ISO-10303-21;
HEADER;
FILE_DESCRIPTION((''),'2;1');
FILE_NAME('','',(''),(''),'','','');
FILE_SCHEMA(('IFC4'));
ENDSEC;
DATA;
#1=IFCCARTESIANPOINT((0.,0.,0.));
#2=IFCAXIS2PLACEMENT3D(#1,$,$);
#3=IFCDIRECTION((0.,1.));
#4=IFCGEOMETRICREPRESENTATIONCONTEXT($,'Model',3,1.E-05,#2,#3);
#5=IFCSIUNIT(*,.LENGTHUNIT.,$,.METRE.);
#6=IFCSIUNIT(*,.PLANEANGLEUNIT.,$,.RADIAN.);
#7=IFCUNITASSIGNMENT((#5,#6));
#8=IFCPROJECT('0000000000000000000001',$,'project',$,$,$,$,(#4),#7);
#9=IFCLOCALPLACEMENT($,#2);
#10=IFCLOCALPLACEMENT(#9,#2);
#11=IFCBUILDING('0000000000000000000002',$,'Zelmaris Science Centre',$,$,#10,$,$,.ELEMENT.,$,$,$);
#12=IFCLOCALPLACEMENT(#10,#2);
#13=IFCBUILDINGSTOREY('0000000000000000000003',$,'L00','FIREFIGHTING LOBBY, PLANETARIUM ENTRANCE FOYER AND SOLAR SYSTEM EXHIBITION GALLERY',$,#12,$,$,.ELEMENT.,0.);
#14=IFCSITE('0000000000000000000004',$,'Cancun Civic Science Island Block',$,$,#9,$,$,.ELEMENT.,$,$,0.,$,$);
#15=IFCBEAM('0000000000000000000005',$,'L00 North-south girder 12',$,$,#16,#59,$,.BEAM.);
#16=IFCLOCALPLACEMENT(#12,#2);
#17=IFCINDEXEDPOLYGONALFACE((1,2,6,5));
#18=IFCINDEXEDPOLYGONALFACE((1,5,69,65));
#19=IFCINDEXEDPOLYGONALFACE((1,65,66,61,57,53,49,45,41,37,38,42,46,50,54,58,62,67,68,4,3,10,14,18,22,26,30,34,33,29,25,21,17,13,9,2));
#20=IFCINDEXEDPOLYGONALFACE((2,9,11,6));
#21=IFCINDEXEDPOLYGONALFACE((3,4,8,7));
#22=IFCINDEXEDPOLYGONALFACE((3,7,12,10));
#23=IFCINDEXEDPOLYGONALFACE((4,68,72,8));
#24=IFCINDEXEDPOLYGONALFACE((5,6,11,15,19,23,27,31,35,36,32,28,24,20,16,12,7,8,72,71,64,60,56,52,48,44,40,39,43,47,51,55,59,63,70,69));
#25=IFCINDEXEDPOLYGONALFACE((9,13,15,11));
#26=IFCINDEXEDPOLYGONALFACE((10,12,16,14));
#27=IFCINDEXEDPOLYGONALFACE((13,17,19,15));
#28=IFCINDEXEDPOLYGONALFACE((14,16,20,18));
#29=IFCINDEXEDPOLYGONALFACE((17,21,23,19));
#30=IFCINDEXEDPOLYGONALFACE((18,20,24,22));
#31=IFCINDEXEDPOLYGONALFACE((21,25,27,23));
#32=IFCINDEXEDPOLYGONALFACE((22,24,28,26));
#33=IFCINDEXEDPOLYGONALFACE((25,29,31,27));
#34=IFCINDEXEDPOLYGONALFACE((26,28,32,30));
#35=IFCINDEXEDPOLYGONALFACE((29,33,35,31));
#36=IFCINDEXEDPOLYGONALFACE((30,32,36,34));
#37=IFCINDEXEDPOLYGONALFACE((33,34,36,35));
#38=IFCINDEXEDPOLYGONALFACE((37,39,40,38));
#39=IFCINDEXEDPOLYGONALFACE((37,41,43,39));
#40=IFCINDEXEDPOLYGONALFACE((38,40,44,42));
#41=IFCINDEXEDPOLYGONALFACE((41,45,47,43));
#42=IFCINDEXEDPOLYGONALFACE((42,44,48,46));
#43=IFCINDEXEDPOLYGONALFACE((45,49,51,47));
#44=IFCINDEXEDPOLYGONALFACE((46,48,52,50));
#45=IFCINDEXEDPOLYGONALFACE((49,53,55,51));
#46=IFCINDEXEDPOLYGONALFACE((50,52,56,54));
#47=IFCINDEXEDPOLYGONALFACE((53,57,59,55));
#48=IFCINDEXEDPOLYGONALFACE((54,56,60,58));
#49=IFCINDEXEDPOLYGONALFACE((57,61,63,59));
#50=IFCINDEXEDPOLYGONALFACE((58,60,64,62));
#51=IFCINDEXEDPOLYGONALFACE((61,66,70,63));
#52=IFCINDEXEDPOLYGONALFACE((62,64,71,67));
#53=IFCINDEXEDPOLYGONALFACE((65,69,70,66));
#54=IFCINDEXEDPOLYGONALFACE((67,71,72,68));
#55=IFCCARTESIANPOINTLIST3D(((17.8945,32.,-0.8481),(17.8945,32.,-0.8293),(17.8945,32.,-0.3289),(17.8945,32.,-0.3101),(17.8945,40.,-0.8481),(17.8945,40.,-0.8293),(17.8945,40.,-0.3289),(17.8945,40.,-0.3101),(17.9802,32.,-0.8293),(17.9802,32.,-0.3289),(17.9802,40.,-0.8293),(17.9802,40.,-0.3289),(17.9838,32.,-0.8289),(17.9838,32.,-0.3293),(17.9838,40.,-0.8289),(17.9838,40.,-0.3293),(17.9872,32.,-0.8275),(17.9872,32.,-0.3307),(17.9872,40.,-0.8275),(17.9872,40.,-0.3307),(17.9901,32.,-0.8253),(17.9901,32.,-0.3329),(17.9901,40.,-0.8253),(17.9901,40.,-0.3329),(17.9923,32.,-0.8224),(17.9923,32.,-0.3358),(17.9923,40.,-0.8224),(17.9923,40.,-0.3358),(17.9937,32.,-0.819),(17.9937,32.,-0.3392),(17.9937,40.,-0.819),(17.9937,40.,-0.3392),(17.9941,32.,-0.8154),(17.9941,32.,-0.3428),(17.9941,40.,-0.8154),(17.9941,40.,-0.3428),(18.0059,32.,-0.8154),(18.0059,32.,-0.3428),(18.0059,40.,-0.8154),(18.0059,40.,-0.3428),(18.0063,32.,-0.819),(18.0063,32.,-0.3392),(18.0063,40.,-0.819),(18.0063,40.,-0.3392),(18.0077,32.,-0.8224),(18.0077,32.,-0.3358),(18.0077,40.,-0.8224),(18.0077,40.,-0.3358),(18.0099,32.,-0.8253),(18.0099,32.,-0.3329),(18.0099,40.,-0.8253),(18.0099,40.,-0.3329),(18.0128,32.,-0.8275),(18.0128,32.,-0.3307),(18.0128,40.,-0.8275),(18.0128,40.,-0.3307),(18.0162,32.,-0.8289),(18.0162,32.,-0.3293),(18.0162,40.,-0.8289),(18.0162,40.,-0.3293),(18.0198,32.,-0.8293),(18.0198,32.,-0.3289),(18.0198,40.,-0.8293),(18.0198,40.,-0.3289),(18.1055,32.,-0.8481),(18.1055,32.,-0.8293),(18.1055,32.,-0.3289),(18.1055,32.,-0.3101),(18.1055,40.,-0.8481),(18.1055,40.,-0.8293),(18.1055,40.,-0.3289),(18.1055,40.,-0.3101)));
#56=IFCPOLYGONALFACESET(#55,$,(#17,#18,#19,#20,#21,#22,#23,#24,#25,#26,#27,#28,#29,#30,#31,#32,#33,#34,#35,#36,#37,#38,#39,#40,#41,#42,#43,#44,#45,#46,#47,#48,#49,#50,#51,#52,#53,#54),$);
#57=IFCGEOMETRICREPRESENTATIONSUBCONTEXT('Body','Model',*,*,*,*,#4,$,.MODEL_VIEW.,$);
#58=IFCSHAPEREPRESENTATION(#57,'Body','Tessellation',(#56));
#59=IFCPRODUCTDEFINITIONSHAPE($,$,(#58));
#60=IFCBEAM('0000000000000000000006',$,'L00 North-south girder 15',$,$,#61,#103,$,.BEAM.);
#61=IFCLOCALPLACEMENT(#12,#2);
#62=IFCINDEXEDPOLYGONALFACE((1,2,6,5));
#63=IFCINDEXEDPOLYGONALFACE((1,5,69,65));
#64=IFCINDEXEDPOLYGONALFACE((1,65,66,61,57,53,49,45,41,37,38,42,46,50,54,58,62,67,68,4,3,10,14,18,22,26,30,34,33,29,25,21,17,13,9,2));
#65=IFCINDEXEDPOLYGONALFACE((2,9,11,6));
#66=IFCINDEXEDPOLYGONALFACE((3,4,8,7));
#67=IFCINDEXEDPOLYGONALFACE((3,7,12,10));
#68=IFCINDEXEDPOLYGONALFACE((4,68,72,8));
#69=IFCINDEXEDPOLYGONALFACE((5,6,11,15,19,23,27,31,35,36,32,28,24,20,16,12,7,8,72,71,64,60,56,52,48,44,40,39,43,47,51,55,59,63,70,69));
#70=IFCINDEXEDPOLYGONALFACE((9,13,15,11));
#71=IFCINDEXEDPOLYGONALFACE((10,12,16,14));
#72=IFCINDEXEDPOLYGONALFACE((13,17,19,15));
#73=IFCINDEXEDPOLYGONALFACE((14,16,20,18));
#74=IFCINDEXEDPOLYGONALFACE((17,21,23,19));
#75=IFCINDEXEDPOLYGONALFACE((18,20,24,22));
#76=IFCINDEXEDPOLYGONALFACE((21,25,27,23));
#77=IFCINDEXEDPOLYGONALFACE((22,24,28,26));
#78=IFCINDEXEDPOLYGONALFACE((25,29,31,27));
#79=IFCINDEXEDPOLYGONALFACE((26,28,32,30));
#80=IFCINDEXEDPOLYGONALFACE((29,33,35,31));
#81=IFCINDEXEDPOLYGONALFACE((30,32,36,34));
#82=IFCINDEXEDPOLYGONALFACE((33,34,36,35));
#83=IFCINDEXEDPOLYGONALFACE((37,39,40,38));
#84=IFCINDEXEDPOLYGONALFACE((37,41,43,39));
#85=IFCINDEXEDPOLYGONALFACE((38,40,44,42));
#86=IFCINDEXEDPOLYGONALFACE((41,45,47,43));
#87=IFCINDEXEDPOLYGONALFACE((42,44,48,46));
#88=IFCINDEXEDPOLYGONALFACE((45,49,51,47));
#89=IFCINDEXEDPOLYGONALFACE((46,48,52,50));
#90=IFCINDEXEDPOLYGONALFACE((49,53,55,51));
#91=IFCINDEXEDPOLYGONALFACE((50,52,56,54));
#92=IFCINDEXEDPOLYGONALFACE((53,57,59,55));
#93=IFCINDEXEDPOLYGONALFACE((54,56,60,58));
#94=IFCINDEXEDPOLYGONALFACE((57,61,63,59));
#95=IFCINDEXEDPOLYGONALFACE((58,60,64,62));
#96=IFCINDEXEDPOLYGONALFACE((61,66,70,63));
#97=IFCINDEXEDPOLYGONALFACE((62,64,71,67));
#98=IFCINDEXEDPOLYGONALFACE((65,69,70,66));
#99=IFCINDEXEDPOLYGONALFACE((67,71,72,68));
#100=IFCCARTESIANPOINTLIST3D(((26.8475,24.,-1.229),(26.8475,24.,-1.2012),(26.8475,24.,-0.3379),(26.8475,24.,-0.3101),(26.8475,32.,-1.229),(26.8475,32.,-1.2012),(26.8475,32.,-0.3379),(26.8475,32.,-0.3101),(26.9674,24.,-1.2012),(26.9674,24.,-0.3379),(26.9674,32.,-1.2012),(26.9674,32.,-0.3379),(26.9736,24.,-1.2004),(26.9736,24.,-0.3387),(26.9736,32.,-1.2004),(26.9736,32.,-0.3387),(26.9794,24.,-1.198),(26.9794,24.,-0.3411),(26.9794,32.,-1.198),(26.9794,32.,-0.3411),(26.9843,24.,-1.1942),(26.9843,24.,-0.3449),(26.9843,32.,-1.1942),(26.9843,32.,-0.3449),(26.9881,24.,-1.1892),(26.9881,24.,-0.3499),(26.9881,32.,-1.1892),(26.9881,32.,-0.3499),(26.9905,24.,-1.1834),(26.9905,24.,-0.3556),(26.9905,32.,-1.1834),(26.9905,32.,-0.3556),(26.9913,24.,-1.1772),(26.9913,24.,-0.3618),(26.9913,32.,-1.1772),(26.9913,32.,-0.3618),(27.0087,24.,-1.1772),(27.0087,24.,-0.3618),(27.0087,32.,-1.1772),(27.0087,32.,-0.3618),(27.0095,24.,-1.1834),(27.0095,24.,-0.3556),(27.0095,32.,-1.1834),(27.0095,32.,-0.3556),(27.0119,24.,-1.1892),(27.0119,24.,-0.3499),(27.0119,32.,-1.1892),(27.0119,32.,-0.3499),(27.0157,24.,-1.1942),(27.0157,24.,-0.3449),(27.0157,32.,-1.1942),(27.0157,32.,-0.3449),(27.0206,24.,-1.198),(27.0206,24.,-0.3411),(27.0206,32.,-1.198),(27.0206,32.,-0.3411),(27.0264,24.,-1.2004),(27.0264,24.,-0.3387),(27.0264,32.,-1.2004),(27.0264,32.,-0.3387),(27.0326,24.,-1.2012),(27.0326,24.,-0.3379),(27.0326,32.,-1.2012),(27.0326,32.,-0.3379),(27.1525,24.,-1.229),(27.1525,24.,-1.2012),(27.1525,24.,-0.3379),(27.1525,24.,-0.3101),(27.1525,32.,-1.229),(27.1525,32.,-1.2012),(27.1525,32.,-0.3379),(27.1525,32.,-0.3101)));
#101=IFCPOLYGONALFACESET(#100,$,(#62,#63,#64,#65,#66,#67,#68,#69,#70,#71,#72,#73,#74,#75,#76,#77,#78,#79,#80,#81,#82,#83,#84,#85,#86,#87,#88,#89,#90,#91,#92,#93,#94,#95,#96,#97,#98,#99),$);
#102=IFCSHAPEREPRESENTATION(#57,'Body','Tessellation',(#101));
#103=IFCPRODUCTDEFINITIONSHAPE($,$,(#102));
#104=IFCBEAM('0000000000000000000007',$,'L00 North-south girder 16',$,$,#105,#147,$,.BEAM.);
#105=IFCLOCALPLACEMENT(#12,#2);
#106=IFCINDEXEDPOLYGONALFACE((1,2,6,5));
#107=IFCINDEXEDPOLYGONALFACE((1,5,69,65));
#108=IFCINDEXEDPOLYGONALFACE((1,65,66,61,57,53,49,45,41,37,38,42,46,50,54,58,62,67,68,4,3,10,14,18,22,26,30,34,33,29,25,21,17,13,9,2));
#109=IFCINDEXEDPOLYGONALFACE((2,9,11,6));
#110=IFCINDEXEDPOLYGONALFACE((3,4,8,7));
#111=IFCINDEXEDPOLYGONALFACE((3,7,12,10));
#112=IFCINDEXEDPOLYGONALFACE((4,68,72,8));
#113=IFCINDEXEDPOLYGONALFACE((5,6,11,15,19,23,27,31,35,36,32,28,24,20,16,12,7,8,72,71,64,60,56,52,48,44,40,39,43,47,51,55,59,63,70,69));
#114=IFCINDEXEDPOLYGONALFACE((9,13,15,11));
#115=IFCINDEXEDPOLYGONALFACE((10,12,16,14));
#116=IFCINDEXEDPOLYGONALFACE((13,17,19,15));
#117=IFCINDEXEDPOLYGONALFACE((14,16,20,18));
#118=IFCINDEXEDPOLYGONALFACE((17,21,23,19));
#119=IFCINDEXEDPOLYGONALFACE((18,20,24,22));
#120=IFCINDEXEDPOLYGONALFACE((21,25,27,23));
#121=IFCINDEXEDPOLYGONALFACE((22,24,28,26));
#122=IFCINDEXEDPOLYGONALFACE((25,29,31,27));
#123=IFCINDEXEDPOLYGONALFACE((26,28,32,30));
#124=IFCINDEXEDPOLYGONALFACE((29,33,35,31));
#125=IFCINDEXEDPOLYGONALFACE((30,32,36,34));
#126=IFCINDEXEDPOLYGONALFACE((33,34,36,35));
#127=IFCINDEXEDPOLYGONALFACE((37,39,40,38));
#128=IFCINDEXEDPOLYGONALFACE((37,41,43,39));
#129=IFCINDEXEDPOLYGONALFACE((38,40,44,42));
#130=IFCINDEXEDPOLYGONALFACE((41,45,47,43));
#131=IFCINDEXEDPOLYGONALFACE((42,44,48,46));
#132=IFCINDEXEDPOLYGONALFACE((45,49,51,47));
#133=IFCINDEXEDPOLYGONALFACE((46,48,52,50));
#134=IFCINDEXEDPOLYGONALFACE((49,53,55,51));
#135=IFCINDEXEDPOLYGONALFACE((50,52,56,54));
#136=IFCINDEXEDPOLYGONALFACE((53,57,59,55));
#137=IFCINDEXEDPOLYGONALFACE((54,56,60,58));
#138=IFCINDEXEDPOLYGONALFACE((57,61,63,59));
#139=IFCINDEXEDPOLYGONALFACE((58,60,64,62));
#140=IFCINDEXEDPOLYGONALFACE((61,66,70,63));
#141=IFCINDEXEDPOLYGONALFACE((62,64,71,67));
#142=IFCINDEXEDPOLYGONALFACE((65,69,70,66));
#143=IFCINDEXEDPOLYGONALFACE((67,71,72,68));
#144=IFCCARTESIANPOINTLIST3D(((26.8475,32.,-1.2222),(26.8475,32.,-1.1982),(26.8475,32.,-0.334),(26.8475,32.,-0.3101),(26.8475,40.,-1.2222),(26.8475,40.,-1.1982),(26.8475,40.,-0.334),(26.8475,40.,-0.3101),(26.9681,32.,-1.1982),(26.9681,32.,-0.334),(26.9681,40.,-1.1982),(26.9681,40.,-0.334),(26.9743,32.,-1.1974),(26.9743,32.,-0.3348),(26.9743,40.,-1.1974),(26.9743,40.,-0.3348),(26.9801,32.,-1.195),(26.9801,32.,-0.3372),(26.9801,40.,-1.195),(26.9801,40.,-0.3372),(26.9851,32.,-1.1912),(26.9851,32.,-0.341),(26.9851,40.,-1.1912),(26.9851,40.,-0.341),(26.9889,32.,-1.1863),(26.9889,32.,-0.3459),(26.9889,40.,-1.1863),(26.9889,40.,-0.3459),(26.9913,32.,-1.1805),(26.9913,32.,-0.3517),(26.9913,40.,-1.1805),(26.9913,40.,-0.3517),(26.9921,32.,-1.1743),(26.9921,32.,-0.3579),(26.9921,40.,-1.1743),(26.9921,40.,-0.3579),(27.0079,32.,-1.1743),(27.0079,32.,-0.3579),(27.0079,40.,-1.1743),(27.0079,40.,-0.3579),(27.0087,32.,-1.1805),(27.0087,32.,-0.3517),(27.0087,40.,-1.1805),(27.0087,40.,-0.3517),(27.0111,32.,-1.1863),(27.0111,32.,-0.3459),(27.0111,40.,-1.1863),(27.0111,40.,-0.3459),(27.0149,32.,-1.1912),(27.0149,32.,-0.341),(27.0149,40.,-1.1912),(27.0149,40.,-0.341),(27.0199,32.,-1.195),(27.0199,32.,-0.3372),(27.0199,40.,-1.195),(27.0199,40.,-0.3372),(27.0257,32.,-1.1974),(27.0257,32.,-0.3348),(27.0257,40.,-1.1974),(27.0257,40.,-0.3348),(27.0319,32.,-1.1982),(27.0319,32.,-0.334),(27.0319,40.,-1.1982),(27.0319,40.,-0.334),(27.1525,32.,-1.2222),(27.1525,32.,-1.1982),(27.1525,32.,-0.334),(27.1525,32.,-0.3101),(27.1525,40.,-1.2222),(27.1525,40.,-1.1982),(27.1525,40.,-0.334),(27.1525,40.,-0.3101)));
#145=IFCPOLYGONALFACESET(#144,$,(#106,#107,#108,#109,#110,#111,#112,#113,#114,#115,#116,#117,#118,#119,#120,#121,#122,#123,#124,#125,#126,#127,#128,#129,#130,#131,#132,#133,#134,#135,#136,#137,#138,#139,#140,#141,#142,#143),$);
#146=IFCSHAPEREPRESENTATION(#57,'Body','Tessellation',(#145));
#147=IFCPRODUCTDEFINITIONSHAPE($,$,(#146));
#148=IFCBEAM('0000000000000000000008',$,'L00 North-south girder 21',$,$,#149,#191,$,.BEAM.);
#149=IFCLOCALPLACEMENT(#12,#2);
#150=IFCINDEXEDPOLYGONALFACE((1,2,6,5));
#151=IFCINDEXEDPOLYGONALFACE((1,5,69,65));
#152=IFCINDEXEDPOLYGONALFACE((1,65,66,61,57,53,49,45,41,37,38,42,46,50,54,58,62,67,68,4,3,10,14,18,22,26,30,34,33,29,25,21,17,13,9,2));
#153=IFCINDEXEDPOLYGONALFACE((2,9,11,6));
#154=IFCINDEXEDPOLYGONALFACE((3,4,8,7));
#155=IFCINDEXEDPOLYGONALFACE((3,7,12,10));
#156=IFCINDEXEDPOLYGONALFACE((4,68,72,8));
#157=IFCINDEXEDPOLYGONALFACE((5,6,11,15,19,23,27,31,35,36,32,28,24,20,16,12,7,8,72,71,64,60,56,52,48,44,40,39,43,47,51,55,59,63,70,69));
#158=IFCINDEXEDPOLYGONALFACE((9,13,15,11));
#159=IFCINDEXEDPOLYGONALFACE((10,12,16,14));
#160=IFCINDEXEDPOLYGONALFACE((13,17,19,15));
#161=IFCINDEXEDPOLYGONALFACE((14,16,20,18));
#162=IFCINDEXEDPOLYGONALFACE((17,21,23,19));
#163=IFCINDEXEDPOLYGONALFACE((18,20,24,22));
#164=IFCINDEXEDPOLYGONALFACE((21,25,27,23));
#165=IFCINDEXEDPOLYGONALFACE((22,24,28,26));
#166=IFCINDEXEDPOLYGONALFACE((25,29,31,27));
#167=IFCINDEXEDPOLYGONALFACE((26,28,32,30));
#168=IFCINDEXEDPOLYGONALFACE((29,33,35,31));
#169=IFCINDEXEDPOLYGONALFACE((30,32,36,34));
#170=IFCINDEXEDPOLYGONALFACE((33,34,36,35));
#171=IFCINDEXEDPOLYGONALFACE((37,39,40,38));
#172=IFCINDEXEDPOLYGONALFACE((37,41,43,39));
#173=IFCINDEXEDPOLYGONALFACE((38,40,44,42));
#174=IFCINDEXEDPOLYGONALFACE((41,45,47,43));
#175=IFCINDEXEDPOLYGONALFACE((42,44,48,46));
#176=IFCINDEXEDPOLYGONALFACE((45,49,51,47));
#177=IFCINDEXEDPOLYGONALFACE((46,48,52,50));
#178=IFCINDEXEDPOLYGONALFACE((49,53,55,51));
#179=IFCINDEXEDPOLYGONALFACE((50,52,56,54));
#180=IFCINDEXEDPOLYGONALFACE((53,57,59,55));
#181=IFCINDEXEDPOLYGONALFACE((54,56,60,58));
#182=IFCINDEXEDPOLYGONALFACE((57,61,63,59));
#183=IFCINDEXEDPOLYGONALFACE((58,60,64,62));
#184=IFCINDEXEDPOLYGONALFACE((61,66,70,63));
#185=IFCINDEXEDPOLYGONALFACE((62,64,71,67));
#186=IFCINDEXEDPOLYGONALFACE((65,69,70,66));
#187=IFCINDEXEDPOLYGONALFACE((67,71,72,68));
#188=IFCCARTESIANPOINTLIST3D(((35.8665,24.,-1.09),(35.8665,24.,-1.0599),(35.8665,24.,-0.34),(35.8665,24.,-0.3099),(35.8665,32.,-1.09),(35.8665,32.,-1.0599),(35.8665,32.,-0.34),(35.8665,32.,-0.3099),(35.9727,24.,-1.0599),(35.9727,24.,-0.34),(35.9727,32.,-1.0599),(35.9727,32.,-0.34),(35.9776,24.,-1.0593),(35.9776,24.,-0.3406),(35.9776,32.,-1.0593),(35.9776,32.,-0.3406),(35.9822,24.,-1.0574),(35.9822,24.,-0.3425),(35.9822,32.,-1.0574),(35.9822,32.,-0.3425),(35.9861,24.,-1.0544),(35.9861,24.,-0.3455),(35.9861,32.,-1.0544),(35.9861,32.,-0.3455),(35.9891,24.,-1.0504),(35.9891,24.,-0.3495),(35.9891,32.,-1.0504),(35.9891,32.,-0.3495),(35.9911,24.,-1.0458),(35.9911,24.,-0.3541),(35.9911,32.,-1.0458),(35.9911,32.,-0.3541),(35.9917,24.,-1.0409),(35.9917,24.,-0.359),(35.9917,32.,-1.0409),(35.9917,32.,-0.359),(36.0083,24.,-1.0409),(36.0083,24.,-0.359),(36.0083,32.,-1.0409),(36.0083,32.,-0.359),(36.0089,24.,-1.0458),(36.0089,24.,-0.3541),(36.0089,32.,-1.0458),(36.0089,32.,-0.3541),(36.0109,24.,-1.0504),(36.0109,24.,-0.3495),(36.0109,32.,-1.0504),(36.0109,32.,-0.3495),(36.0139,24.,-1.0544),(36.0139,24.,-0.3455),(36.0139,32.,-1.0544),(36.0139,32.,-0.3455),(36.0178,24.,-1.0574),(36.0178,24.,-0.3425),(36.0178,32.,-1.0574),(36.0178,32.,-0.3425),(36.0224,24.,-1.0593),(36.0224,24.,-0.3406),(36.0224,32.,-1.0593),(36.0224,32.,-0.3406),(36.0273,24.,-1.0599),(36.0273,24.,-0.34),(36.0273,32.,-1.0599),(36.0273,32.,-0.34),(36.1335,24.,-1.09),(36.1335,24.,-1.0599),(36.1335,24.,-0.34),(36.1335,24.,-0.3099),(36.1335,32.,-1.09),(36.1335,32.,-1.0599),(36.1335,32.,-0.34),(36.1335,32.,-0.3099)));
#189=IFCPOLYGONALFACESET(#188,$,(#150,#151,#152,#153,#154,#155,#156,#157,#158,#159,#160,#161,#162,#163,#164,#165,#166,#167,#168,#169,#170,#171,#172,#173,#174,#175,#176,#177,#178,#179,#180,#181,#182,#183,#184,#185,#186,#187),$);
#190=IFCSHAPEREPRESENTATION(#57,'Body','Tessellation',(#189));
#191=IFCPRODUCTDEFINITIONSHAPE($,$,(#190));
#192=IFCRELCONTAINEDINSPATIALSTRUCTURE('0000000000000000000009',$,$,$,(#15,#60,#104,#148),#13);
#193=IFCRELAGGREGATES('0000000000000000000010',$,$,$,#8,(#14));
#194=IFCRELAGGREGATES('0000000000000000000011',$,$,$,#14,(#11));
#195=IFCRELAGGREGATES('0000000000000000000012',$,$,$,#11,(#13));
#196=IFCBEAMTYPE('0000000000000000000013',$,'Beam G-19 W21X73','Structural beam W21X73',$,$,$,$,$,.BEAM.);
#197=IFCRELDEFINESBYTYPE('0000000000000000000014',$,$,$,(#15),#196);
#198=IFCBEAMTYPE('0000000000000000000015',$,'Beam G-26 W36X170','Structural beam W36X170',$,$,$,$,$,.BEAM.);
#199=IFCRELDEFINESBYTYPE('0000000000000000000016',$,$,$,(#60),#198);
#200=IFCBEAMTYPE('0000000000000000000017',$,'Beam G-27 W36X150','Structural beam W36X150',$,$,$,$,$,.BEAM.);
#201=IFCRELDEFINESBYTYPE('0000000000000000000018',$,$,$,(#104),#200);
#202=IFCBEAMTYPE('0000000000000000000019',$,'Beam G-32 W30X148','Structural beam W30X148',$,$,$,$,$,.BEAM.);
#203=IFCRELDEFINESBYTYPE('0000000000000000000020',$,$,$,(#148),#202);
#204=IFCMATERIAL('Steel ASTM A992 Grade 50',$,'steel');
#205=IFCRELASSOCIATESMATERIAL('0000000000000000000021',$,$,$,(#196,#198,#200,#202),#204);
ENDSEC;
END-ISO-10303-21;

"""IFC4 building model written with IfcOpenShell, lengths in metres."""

from ifc_helpers import new_model, si_unit, direction, frame, origin, origin_2d, place, context, subcontext, project, spatial, i_section, extrude, material, material_profile, profile_set, type_object, element, save


model = new_model("IFC4")

# Units and contexts
model_context = context("Model", 3, precision=1e-05, world=origin(), true_north=direction((0.0, 1.0)))
body_context = subcontext(model_context, "Body", "Model", "MODEL_VIEW")
ifc_project = project(units=[si_unit("LENGTHUNIT", "METRE"), si_unit("PLANEANGLEUNIT", "RADIAN")], contexts=[model_context])

# Site, building, storey
site_placement = place(None, origin())
site = spatial("IfcSite", under=ifc_project, at=site_placement, Name="Cancun Civic Science Island Block", CompositionType="ELEMENT", RefElevation=0.0)
building_placement = place(site_placement, origin())
building = spatial("IfcBuilding", under=site, at=building_placement, Name="Zelmaris Science Centre", CompositionType="ELEMENT")
storey_placement = place(building_placement, origin())
storey = spatial("IfcBuildingStorey", under=building, at=storey_placement, Name="L00", Description="FIREFIGHTING LOBBY, PLANETARIUM ENTRANCE FOYER AND SOLAR SYSTEM EXHIBITION GALLERY", CompositionType="ELEMENT", Elevation=0.0)

# Shared definitions
ifc_material_1 = material(Name="Steel ASTM A992 Grade 50", Category="steel")

# Beams
ifc_material_profile_1 = material_profile(ifc_material_1, i_section(OverallWidth=0.2109, OverallDepth=0.5381, WebThickness=0.0117, FlangeThickness=0.0188, FilletRadius=0.0139, at=origin_2d()), Name="W21X73")
ifc_profile_set_1 = profile_set([ifc_material_profile_1], Name="Steel ASTM A992 Grade 50")
beam_type_1 = type_object("IfcBeamType", Name="Beam G-19 W21X73", Description="Structural beam W21X73", PredefinedType="BEAM", material=ifc_profile_set_1)
beam_1_placement = place(storey_placement, frame((18.0, 32.0, -0.5791), z_axis=(0.0, 1.0, 0.0), x_axis=(-1.0, 0.0, 0.0)))
element("IfcBeam", 1, at=beam_1_placement, inside=storey, type_object=beam_type_1, Name="L00 North-south girder 12", PredefinedType="BEAM", context=body_context, shape_type="SweptSolid", body=[
    extrude(i_section(OverallWidth=0.2109, OverallDepth=0.5381, WebThickness=0.0117, FlangeThickness=0.0188, FilletRadius=0.0139, at=origin_2d()), origin(), (0.0, 0.0, 1.0), 8.0),
])
ifc_material_profile_2 = material_profile(ifc_material_1, i_section(OverallWidth=0.3049, OverallDepth=0.9189, WebThickness=0.0173, FlangeThickness=0.0278, FilletRadius=0.0239, at=origin_2d()), Name="W36X170")
ifc_profile_set_2 = profile_set([ifc_material_profile_2], Name="Steel ASTM A992 Grade 50")
beam_type_2 = type_object("IfcBeamType", Name="Beam G-26 W36X170", Description="Structural beam W36X170", PredefinedType="BEAM", material=ifc_profile_set_2)
beam_2_placement = place(storey_placement, frame((27.0, 24.0, -0.7695), z_axis=(0.0, 1.0, 0.0), x_axis=(-1.0, 0.0, 0.0)))
element("IfcBeam", 2, at=beam_2_placement, inside=storey, type_object=beam_type_2, Name="L00 North-south girder 15", PredefinedType="BEAM", context=body_context, shape_type="SweptSolid", body=[
    extrude(i_section(OverallWidth=0.3049, OverallDepth=0.9189, WebThickness=0.0173, FlangeThickness=0.0278, FilletRadius=0.0239, at=origin_2d()), origin(), (0.0, 0.0, 1.0), 8.0),
])
ifc_material_profile_3 = material_profile(ifc_material_1, i_section(OverallWidth=0.3049, OverallDepth=0.9121, WebThickness=0.0159, FlangeThickness=0.0239, FilletRadius=0.0239, at=origin_2d()), Name="W36X150")
ifc_profile_set_3 = profile_set([ifc_material_profile_3], Name="Steel ASTM A992 Grade 50")
beam_type_3 = type_object("IfcBeamType", Name="Beam G-27 W36X150", Description="Structural beam W36X150", PredefinedType="BEAM", material=ifc_profile_set_3)
beam_3_placement = place(storey_placement, frame((27.0, 32.0, -0.7661), z_axis=(0.0, 1.0, 0.0), x_axis=(-1.0, 0.0, 0.0)))
element("IfcBeam", 3, at=beam_3_placement, inside=storey, type_object=beam_type_3, Name="L00 North-south girder 16", PredefinedType="BEAM", context=body_context, shape_type="SweptSolid", body=[
    extrude(i_section(OverallWidth=0.3049, OverallDepth=0.9121, WebThickness=0.0159, FlangeThickness=0.0239, FilletRadius=0.0239, at=origin_2d()), origin(), (0.0, 0.0, 1.0), 8.0),
])
ifc_material_profile_4 = material_profile(ifc_material_1, i_section(OverallWidth=0.2671, OverallDepth=0.78, WebThickness=0.0166, FlangeThickness=0.03, FilletRadius=0.019, at=origin_2d()), Name="W30X148")
ifc_profile_set_4 = profile_set([ifc_material_profile_4], Name="Steel ASTM A992 Grade 50")
beam_type_4 = type_object("IfcBeamType", Name="Beam G-32 W30X148", Description="Structural beam W30X148", PredefinedType="BEAM", material=ifc_profile_set_4)
beam_4_placement = place(storey_placement, frame((36.0, 24.0, -0.7), z_axis=(0.0, 1.0, 0.0), x_axis=(-1.0, 0.0, 0.0)))
element("IfcBeam", 4, at=beam_4_placement, inside=storey, type_object=beam_type_4, Name="L00 North-south girder 21", PredefinedType="BEAM", context=body_context, shape_type="SweptSolid", body=[
    extrude(i_section(OverallWidth=0.2671, OverallDepth=0.78, WebThickness=0.0166, FlangeThickness=0.03, FilletRadius=0.019, at=origin_2d()), origin(), (0.0, 0.0, 1.0), 8.0),
])

save(model, "model.ifc")
